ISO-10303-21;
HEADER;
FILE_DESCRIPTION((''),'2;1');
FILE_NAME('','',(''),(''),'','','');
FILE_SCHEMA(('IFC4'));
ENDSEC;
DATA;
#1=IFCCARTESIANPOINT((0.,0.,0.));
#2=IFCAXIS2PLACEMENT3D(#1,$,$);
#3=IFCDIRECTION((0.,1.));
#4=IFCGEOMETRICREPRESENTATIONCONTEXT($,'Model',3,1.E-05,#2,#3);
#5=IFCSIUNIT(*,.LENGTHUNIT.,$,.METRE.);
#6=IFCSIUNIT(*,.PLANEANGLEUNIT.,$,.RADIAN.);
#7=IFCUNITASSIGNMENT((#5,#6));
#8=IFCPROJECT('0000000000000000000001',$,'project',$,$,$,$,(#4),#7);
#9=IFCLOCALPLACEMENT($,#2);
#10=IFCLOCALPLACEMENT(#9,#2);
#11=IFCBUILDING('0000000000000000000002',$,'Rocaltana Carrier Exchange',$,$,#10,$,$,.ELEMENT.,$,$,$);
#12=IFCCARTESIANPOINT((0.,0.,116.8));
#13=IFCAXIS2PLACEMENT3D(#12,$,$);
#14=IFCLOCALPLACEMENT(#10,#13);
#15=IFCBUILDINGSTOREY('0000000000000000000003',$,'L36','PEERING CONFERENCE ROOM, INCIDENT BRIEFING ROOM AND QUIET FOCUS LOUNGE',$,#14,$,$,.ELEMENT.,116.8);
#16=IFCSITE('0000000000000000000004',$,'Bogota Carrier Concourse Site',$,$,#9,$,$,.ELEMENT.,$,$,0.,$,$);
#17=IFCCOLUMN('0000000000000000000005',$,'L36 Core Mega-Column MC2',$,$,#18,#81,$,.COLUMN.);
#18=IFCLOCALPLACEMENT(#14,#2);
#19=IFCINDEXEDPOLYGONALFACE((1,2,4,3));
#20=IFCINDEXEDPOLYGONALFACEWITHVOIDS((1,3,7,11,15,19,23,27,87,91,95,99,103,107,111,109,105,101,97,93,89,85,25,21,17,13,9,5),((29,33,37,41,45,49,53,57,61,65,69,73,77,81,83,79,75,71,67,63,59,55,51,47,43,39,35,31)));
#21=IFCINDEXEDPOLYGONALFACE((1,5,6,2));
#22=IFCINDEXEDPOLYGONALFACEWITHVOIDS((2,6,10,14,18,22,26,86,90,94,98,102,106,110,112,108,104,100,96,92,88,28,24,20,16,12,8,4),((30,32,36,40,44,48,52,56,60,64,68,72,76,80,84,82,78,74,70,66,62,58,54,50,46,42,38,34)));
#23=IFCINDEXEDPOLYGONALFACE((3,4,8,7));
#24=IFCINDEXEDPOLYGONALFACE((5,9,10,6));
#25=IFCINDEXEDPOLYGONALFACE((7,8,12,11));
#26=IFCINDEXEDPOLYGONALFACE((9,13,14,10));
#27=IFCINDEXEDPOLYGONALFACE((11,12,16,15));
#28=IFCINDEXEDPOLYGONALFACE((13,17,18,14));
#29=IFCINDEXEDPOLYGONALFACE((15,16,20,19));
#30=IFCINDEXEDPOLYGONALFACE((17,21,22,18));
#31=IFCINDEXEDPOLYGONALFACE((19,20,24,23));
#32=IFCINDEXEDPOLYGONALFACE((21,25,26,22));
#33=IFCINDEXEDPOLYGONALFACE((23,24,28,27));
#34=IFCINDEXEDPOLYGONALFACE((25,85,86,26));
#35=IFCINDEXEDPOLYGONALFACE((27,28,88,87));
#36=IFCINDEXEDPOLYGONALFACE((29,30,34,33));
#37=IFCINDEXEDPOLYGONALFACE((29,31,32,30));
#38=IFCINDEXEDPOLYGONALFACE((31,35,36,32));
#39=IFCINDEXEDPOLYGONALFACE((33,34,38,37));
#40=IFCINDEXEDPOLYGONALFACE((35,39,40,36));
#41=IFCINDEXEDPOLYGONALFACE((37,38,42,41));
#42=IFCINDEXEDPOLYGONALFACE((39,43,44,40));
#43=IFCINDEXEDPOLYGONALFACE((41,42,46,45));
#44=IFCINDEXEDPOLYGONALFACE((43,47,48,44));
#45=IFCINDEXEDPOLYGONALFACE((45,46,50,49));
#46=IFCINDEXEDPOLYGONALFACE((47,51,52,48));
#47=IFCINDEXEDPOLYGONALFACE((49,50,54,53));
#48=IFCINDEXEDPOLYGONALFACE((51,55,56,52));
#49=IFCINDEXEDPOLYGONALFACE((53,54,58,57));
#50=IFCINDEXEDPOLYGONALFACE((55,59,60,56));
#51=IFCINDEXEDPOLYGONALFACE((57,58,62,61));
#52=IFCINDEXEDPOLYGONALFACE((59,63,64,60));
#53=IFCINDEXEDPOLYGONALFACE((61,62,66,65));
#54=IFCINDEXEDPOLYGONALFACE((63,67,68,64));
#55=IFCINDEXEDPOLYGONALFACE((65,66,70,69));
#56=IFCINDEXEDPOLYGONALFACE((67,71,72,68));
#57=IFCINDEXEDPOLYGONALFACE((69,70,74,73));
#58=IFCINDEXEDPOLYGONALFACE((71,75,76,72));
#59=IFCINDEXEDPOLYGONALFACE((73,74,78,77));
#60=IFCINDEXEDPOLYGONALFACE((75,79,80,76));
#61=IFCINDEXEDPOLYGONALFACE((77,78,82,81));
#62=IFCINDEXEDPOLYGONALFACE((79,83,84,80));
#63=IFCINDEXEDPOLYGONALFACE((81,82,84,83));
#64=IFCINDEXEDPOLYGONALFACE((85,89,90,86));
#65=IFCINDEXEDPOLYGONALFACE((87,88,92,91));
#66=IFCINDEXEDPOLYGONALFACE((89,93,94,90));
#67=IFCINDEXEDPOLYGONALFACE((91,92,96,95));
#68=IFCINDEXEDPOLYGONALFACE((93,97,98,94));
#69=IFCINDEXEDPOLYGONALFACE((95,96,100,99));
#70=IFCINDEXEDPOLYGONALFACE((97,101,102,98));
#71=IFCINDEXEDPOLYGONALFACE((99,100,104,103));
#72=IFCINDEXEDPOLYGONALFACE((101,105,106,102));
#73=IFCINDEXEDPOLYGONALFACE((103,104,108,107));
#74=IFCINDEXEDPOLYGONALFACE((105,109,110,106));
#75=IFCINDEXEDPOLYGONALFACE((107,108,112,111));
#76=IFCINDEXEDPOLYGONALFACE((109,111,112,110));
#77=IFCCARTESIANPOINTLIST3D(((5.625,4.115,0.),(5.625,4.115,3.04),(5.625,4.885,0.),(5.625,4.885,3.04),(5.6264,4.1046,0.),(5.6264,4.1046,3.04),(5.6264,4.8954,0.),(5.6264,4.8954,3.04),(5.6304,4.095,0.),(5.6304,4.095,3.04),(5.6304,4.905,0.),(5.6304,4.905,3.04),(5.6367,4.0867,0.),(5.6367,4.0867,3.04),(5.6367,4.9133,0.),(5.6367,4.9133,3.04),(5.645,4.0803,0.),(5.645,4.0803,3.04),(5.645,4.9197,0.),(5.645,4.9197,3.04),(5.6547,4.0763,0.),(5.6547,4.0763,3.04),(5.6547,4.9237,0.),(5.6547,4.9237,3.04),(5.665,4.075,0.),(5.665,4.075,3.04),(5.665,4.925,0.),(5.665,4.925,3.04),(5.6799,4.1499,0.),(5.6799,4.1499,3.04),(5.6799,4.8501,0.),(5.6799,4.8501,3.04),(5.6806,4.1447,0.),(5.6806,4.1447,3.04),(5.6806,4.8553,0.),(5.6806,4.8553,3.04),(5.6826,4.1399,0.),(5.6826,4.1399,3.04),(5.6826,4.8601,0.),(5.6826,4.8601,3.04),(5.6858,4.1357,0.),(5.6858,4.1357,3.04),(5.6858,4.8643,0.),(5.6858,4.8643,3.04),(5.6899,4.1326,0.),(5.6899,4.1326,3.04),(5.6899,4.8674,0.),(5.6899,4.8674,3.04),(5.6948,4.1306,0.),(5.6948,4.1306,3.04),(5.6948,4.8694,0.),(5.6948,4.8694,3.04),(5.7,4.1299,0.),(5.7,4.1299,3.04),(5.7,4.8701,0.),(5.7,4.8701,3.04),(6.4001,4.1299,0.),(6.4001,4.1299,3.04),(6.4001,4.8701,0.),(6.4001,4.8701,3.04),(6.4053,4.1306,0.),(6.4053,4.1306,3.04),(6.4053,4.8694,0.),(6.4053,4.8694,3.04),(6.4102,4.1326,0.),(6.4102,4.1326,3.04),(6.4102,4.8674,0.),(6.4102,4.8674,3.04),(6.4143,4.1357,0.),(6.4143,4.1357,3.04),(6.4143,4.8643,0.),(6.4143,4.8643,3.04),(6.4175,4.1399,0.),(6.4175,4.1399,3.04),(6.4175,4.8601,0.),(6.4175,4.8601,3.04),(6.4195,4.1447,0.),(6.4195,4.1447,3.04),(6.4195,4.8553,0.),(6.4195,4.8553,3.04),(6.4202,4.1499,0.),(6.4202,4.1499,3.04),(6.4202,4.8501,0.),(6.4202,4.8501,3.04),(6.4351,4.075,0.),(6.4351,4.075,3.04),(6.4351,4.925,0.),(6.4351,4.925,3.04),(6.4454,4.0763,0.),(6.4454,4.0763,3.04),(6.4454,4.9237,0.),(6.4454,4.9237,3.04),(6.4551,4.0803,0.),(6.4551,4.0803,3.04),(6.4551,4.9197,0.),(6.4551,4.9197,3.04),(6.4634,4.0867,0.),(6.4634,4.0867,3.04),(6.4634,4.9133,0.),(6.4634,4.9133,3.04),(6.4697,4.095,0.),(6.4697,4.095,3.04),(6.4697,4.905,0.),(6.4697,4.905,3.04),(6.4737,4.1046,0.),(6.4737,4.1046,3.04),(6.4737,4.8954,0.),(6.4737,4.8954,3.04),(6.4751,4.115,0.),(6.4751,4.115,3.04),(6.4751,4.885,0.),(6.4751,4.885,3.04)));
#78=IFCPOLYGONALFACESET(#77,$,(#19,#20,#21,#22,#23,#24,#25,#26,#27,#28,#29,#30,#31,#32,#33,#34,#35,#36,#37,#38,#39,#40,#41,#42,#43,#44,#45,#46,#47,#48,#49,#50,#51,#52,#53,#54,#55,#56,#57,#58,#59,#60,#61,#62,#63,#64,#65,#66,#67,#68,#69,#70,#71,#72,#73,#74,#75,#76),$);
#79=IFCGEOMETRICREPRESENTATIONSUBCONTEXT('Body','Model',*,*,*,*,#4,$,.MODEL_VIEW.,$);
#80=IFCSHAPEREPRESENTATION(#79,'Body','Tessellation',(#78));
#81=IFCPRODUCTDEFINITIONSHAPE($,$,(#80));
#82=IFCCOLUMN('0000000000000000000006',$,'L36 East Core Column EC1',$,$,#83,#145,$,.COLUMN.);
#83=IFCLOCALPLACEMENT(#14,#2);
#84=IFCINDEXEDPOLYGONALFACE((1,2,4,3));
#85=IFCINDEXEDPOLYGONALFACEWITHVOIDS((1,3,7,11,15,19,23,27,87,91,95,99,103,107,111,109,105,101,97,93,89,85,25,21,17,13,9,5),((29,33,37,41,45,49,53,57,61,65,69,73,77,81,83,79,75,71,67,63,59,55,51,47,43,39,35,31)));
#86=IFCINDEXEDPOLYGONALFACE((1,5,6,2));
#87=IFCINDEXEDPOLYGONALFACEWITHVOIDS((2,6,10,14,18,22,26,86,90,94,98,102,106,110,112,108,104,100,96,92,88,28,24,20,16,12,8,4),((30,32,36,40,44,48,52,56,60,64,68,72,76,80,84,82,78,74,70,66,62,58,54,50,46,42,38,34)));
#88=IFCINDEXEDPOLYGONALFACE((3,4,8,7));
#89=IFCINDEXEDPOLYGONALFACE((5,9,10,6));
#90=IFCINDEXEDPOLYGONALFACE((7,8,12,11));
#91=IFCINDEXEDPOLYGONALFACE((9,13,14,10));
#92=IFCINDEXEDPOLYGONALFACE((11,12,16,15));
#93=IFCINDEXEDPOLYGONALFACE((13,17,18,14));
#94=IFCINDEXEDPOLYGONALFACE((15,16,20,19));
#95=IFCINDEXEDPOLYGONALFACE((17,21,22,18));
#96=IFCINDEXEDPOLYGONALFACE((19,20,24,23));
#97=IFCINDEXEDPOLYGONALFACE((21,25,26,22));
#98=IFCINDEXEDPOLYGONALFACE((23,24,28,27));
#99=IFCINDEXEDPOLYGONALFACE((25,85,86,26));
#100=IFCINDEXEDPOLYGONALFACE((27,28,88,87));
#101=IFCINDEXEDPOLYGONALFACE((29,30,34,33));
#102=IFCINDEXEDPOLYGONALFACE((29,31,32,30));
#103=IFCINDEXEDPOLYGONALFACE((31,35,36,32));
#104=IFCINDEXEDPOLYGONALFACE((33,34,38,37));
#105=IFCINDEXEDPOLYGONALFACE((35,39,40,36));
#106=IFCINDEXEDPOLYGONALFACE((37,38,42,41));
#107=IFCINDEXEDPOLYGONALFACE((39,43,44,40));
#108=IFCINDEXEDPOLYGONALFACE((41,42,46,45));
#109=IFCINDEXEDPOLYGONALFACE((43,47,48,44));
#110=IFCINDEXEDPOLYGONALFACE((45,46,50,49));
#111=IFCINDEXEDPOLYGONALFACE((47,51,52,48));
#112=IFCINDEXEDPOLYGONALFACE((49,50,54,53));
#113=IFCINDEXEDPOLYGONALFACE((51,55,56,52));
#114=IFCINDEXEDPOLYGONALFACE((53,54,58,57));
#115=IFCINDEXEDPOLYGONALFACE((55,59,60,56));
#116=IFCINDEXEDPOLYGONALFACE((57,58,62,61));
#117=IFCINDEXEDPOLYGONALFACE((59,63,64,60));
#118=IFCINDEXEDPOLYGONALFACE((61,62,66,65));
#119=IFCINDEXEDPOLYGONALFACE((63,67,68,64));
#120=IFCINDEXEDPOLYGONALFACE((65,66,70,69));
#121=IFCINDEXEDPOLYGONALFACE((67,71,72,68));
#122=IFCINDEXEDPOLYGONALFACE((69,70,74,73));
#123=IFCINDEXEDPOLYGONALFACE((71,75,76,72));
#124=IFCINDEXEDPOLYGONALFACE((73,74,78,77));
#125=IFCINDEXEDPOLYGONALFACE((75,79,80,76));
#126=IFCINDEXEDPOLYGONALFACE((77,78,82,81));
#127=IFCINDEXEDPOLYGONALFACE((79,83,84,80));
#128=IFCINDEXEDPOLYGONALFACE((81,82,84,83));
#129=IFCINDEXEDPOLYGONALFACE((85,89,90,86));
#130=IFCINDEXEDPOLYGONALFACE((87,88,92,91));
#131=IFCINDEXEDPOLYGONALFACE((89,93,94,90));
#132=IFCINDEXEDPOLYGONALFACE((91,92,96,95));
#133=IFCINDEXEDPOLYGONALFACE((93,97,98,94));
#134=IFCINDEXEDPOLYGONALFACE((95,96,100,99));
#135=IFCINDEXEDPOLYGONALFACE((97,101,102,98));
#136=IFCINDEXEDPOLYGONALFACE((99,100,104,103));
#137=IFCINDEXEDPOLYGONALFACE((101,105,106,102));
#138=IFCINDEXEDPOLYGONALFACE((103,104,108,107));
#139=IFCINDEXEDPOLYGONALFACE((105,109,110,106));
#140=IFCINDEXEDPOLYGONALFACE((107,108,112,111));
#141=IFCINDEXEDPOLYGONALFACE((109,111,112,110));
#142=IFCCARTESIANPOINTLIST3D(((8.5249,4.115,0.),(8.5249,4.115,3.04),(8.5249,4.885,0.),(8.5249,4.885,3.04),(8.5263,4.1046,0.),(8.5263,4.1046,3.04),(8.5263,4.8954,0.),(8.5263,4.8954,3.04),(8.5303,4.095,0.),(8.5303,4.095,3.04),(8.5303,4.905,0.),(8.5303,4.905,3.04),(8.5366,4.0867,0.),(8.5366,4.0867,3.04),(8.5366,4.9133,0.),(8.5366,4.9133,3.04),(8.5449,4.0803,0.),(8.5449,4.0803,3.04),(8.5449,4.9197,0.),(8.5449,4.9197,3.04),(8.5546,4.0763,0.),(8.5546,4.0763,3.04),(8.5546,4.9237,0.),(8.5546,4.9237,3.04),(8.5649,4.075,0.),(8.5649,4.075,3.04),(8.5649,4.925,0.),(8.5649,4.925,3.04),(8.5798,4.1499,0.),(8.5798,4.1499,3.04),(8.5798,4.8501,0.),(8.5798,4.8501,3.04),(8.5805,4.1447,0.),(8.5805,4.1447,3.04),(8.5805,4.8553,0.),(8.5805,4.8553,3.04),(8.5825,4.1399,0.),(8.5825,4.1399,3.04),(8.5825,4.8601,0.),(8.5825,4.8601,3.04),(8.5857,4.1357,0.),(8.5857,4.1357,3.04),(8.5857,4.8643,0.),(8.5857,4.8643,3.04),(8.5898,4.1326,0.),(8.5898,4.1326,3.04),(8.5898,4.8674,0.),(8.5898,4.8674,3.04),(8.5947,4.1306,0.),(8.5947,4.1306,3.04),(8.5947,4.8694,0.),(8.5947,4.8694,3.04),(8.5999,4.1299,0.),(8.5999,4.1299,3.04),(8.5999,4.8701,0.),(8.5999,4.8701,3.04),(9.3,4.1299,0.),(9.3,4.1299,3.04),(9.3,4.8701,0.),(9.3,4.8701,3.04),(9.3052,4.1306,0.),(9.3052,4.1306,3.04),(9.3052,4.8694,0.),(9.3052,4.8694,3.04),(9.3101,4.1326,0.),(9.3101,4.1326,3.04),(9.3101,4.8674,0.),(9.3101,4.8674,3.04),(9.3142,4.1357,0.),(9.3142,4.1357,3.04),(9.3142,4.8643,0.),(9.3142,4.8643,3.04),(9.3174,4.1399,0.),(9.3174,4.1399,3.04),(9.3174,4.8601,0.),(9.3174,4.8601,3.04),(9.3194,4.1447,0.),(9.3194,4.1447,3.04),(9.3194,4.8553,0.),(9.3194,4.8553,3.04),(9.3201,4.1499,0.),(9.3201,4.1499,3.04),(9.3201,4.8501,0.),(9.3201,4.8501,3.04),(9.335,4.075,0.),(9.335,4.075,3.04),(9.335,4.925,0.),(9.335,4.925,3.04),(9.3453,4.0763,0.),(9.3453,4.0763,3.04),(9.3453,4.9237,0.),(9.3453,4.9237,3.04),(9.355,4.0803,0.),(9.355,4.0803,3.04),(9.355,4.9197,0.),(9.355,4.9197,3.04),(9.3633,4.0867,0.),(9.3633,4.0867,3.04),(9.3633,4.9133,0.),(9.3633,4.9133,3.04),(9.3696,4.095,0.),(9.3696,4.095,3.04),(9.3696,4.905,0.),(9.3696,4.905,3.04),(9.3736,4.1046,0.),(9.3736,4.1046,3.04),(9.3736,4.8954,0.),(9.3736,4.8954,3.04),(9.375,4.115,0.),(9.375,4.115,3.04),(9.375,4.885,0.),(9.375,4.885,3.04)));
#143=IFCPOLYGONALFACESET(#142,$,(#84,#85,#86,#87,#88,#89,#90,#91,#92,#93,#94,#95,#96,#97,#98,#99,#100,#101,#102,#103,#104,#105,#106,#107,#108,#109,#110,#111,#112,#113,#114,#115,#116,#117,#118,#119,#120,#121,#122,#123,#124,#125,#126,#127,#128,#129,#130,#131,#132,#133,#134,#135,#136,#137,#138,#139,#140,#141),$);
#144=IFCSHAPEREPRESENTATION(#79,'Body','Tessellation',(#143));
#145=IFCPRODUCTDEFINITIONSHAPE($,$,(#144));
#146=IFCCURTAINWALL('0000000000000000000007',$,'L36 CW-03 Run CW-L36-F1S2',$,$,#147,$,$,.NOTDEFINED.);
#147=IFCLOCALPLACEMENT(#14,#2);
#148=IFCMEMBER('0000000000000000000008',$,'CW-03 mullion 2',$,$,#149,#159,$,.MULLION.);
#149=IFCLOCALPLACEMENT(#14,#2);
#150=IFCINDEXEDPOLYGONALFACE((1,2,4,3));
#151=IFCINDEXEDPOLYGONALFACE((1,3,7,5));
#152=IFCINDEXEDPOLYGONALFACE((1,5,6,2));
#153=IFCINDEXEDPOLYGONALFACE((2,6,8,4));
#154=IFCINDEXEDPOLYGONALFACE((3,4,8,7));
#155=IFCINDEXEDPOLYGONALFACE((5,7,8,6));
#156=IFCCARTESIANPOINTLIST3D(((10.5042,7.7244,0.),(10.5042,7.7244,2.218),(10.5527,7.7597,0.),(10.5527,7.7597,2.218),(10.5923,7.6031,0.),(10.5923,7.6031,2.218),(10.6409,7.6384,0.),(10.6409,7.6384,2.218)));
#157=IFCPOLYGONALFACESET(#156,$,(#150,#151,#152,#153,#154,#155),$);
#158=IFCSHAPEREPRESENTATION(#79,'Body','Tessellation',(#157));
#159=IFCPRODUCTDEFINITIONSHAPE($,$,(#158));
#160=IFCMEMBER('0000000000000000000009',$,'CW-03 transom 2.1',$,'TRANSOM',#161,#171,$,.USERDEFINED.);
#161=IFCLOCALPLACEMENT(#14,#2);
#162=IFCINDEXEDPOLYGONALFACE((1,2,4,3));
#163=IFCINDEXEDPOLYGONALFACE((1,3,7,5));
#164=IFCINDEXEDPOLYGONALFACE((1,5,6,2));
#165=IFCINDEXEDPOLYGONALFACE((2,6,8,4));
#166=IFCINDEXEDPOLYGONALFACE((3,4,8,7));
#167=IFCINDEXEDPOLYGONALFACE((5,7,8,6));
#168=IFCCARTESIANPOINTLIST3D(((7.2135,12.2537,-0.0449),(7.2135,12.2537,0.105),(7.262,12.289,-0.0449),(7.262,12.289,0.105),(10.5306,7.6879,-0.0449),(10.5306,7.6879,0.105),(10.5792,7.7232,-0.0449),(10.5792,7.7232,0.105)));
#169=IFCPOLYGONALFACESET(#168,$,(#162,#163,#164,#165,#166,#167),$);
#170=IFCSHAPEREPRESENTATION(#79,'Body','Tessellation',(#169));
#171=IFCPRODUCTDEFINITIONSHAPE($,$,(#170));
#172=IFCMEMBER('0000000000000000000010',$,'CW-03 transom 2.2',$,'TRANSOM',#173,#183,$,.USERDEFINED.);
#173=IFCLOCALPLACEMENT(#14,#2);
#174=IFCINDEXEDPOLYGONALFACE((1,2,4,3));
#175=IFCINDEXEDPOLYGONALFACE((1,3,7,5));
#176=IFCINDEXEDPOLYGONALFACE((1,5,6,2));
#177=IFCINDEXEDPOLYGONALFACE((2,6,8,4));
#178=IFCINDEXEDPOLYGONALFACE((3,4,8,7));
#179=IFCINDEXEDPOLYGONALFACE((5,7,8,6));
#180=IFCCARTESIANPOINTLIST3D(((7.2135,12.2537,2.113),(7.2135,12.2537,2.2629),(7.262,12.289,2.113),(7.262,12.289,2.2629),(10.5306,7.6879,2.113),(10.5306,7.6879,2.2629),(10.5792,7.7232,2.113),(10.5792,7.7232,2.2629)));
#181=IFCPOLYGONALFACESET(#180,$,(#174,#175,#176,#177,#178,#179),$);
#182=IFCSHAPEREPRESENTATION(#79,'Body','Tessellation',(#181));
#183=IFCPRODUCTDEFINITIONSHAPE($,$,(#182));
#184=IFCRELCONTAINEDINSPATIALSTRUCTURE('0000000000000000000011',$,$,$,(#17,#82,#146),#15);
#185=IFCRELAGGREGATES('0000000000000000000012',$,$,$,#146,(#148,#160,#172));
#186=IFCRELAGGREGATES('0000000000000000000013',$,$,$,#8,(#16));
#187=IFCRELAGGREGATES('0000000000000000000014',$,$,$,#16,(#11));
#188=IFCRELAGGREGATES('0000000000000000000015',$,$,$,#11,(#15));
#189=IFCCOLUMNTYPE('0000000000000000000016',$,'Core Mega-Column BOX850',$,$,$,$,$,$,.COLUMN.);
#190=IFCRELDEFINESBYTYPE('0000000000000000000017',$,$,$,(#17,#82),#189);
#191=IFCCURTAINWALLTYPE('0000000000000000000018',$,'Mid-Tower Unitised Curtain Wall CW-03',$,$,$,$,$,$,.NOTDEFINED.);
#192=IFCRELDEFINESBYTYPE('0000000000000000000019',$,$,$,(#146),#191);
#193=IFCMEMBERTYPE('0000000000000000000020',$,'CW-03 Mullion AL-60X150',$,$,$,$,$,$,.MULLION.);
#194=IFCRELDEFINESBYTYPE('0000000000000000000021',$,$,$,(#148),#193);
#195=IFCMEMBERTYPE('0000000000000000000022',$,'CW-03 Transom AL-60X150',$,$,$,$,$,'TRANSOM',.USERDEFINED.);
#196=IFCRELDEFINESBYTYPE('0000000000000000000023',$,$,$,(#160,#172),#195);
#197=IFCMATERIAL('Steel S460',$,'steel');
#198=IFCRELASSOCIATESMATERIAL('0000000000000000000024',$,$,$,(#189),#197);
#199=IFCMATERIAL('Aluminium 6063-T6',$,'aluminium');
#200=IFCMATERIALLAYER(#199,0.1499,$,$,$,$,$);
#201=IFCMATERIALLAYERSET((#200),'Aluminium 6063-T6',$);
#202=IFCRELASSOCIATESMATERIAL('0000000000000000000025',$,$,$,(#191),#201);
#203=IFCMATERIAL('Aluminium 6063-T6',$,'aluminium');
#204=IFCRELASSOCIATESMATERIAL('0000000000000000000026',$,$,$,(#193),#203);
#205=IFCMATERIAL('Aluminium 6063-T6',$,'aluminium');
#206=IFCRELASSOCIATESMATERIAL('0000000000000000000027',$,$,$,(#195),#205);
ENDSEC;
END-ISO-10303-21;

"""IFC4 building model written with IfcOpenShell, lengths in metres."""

from ifc_helpers import new_model, si_unit, direction, frame, origin, origin_2d, place, context, subcontext, project, spatial, rectangle, hollow_rectangle, extrude, material, layer, layer_set, material_profile, profile_set, type_object, element, aggregate, save


model = new_model("IFC4")

# Units and contexts
model_context = context("Model", 3, precision=1e-05, world=origin(), true_north=direction((0.0, 1.0)))
body_context = subcontext(model_context, "Body", "Model", "MODEL_VIEW")
ifc_project = project(units=[si_unit("LENGTHUNIT", "METRE"), si_unit("PLANEANGLEUNIT", "RADIAN")], contexts=[model_context])

# Site, building, storey
site_placement = place(None, origin())
site = spatial("IfcSite", under=ifc_project, at=site_placement, Name="Bogota Carrier Concourse Site", CompositionType="ELEMENT", RefElevation=0.0)
building_placement = place(site_placement, origin())
building = spatial("IfcBuilding", under=site, at=building_placement, Name="Rocaltana Carrier Exchange", CompositionType="ELEMENT")
storey_placement = place(building_placement, frame((0.0, 0.0, 116.8)))
storey = spatial("IfcBuildingStorey", under=building, at=storey_placement, Name="L36", Description="PEERING CONFERENCE ROOM, INCIDENT BRIEFING ROOM AND QUIET FOCUS LOUNGE", CompositionType="ELEMENT", Elevation=116.8)

# Columns
ifc_material_1 = material(Name="Steel S460", Category="steel")
ifc_material_profile_1 = material_profile(ifc_material_1, hollow_rectangle(XDim=0.8501, YDim=0.8501, WallThickness=0.0549, InnerFilletRadius=0.02, OuterFilletRadius=0.04, at=origin_2d()), Name="BOX850X850X55")
ifc_profile_set_1 = profile_set([ifc_material_profile_1], Name="Steel S460")
column_type = type_object("IfcColumnType", Name="Core Mega-Column BOX850", PredefinedType="COLUMN", material=ifc_profile_set_1)
for number, where, z_axis, x_axis, name in (
    (1, (6.05, 4.5, 0.0), (0.0, 0.0, 1.0), (1.0, 0.0, 0.0), "L36 Core Mega-Column MC2"),
    (2, (8.95, 4.5, 0.0), (0.0, 0.0, 1.0), (1.0, 0.0, 0.0), "L36 East Core Column EC1"),
):
    element("IfcColumn", number, at=place(storey_placement, frame(where, z_axis=z_axis, x_axis=x_axis)), inside=storey, type_object=column_type, Name=name, PredefinedType="COLUMN", context=body_context, shape_type="SweptSolid", body=[
        extrude(hollow_rectangle(XDim=0.8501, YDim=0.8501, WallThickness=0.0549, InnerFilletRadius=0.02, OuterFilletRadius=0.04, at=origin_2d()), origin(), (0.0, 0.0, 1.0), 3.04),
    ])

# Curtain wall, members
ifc_material_2 = material(Name="Aluminium 6063-T6", Category="aluminium")
ifc_layer_1 = layer(ifc_material_2, 0.1499)
ifc_layer_set_1 = layer_set([ifc_layer_1], Name="Aluminium 6063-T6")
curtain_wall_type = type_object("IfcCurtainWallType", Name="Mid-Tower Unitised Curtain Wall CW-03", PredefinedType="NOTDEFINED", material=ifc_layer_set_1)
curtain_wall_placement = place(storey_placement, origin())
curtain_wall = element("IfcCurtainWall", 3, at=curtain_wall_placement, inside=storey, type_object=curtain_wall_type, Name="L36 CW-03 Run CW-L36-F1S2", PredefinedType="NOTDEFINED")
ifc_material_3 = material(Name="Aluminium 6063-T6", Category="aluminium")
ifc_material_profile_2 = material_profile(ifc_material_3, rectangle(XDim=0.0601, YDim=0.1499, at=origin_2d()), Name="AL-60X150")
ifc_profile_set_2 = profile_set([ifc_material_profile_2], Name="Aluminium 6063-T6")
member_type_1 = type_object("IfcMemberType", Name="CW-03 Mullion AL-60X150", PredefinedType="MULLION", material=ifc_profile_set_2)
member_1_placement = place(storey_placement, frame((10.5725, 7.6814, 0.0), z_axis=(0.0, 0.0, 1.0), x_axis=(-0.809014, -0.58779, 0.0)))
member_1 = element("IfcMember", 4, at=member_1_placement, type_object=member_type_1, Name="CW-03 mullion 2", PredefinedType="MULLION", context=body_context, shape_type="SweptSolid", body=[
    extrude(rectangle(XDim=0.0601, YDim=0.1499, at=origin_2d()), origin(), (0.0, 0.0, 1.0), 2.218),
])
ifc_material_4 = material(Name="Aluminium 6063-T6", Category="aluminium")
ifc_material_profile_3 = material_profile(ifc_material_4, rectangle(XDim=0.0601, YDim=0.1499, at=origin_2d()), Name="AL-60X150")
ifc_profile_set_3 = profile_set([ifc_material_profile_3], Name="Aluminium 6063-T6")
member_type_2 = type_object("IfcMemberType", Name="CW-03 Transom AL-60X150", ElementType="TRANSOM", PredefinedType="USERDEFINED", material=ifc_profile_set_3)
member_2_placement = place(storey_placement, frame((10.5549, 7.7056, 0.03), z_axis=(-0.587783, 0.809018, 0.0), x_axis=(-0.809018, -0.587783, 0.0)))
member_2 = element("IfcMember", 5, at=member_2_placement, type_object=member_type_2, Name="CW-03 transom 2.1", ObjectType="TRANSOM", PredefinedType="USERDEFINED", context=body_context, shape_type="SweptSolid", body=[
    extrude(rectangle(XDim=0.0601, YDim=0.1499, at=origin_2d()), origin(), (0.0, 0.0, 1.0), 5.6436),
])
member_3_placement = place(storey_placement, frame((10.5549, 7.7056, 2.188), z_axis=(-0.587783, 0.809018, 0.0), x_axis=(-0.809018, -0.587783, 0.0)))
member_3 = element("IfcMember", 6, at=member_3_placement, type_object=member_type_2, Name="CW-03 transom 2.2", ObjectType="TRANSOM", PredefinedType="USERDEFINED", context=body_context, shape_type="SweptSolid", body=[
    extrude(rectangle(XDim=0.0601, YDim=0.1499, at=origin_2d()), origin(), (0.0, 0.0, 1.0), 5.6436),
])

aggregate(curtain_wall, [member_1, member_2, member_3])

save(model, "model.ifc")
